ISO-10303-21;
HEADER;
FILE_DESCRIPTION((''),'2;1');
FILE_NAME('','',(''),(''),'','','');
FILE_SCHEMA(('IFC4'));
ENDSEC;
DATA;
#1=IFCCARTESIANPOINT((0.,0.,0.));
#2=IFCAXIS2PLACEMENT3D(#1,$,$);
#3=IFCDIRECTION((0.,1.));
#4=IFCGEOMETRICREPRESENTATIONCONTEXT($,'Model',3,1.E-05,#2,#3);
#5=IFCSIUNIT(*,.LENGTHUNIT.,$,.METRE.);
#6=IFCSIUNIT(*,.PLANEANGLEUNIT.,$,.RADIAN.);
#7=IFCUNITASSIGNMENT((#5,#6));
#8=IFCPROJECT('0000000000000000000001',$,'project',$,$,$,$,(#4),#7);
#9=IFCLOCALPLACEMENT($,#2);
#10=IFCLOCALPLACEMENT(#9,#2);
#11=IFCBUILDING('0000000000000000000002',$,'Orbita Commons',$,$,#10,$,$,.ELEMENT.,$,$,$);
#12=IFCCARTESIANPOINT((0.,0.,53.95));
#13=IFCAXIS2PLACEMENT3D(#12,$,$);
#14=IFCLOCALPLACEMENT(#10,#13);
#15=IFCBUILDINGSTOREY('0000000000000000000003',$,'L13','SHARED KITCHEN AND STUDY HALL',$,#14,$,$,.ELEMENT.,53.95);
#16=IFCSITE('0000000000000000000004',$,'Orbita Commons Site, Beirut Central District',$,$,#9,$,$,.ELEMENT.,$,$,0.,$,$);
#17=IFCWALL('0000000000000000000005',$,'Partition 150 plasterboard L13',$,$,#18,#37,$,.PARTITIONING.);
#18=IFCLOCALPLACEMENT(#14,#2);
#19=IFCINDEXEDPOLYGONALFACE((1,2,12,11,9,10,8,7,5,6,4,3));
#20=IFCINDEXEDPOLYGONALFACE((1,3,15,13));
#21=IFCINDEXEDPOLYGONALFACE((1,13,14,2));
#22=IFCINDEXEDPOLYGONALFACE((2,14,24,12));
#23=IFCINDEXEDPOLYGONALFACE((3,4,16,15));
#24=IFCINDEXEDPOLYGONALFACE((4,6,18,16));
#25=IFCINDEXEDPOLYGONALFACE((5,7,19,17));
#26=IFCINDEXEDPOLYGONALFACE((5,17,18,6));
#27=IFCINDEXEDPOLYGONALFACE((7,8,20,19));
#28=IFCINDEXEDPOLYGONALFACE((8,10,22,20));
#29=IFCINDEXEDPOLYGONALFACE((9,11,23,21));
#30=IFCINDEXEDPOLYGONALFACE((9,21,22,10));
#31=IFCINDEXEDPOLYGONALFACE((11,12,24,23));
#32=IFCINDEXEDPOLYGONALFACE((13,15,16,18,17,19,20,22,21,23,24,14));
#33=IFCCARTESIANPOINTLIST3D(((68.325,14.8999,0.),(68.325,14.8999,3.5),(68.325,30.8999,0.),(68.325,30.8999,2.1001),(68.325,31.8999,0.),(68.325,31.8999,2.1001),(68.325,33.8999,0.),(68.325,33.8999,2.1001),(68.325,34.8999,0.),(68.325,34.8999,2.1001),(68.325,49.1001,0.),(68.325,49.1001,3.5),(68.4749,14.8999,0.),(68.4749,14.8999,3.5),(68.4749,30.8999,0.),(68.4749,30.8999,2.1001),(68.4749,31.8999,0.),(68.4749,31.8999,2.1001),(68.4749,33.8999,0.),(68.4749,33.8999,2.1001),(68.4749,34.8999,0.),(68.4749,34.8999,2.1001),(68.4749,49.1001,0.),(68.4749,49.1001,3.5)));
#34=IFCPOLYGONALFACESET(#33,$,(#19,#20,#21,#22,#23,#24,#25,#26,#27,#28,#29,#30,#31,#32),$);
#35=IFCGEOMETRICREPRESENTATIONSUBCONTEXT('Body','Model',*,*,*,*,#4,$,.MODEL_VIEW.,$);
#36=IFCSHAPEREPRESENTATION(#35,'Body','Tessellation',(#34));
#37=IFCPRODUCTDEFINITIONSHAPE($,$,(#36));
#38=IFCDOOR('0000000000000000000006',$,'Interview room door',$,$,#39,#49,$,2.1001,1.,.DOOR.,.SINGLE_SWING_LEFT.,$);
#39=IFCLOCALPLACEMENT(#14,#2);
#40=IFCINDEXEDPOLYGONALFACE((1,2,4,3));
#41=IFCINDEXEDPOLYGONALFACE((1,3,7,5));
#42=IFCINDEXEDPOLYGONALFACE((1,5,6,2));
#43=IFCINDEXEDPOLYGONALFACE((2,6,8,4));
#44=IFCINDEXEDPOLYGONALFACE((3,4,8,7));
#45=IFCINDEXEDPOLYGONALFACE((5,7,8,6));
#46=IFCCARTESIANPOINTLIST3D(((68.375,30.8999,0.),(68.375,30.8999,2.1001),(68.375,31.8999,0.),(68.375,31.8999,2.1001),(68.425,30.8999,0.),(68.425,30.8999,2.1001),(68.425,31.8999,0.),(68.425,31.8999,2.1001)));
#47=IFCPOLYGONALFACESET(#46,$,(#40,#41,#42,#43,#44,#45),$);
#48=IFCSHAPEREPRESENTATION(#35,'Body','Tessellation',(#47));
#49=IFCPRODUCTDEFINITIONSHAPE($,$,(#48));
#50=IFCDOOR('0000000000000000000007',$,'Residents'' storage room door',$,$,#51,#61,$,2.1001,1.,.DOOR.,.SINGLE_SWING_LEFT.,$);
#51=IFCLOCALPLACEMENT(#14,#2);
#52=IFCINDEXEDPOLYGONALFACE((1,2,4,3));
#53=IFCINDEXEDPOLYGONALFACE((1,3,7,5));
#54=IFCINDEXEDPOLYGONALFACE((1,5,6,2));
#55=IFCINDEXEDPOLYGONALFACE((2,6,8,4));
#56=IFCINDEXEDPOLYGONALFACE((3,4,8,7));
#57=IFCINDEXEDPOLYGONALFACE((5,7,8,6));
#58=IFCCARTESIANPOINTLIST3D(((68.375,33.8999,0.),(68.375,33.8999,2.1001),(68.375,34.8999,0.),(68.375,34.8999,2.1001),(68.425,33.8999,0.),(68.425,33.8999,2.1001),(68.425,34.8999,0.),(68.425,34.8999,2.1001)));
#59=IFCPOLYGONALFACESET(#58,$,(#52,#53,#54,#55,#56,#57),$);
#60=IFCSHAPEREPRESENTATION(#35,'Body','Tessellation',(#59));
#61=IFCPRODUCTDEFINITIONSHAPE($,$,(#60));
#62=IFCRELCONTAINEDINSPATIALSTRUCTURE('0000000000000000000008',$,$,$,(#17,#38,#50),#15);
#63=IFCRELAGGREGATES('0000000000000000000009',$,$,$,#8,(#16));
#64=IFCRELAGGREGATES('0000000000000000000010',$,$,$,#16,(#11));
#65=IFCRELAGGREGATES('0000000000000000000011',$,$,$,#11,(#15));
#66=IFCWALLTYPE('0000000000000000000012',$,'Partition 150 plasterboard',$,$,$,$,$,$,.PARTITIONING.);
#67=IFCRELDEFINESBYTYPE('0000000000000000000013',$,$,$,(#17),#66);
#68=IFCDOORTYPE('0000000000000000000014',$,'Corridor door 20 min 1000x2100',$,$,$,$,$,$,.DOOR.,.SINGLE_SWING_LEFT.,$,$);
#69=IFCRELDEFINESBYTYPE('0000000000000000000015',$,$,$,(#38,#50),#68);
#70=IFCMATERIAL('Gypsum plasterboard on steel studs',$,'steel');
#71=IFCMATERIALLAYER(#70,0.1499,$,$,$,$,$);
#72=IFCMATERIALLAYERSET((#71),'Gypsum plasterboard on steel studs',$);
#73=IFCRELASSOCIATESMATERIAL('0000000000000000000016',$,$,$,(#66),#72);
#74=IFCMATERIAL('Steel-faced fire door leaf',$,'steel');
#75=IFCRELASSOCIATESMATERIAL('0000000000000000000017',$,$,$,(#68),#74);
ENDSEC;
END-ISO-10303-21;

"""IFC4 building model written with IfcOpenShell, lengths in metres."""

from ifc_helpers import new_model, si_unit, direction, frame, frame_2d, origin, place, context, subcontext, project, spatial, rectangle, extrude, material, layer, layer_set, type_object, element, fill, save


model = new_model("IFC4")

# Units and contexts
model_context = context("Model", 3, precision=1e-05, world=origin(), true_north=direction((0.0, 1.0)))
body_context = subcontext(model_context, "Body", "Model", "MODEL_VIEW")
ifc_project = project(units=[si_unit("LENGTHUNIT", "METRE"), si_unit("PLANEANGLEUNIT", "RADIAN")], contexts=[model_context])

# Site, building, storey
site_placement = place(None, origin())
site = spatial("IfcSite", under=ifc_project, at=site_placement, Name="Orbita Commons Site, Beirut Central District", CompositionType="ELEMENT", RefElevation=0.0)
building_placement = place(site_placement, origin())
building = spatial("IfcBuilding", under=site, at=building_placement, Name="Orbita Commons", CompositionType="ELEMENT")
storey_placement = place(building_placement, frame((0.0, 0.0, 53.95)))
storey = spatial("IfcBuildingStorey", under=building, at=storey_placement, Name="L13", Description="SHARED KITCHEN AND STUDY HALL", CompositionType="ELEMENT", Elevation=53.95)

# Wall, openings, doors
ifc_material_1 = material(Name="Gypsum plasterboard on steel studs", Category="steel")
ifc_layer_1 = layer(ifc_material_1, 0.1499)
ifc_layer_set_1 = layer_set([ifc_layer_1], Name="Gypsum plasterboard on steel studs")
wall_type_1 = type_object("IfcWallType", Name="Partition 150 plasterboard", PredefinedType="PARTITIONING", material=ifc_layer_set_1)
wall_1_placement = place(storey_placement, frame((68.3999, 14.8999, 0.0), z_axis=(0.0, 0.0, 1.0), x_axis=(0.0, 1.0, 0.0)))
wall_1 = element("IfcWall", 1, at=wall_1_placement, inside=storey, type_object=wall_type_1, Name="Partition 150 plasterboard L13", PredefinedType="PARTITIONING", context=body_context, shape_type="SweptSolid", body=[
    extrude(rectangle(XDim=34.2002, YDim=0.1499, at=frame_2d((17.1001, 0.0))), origin(), (0.0, 0.0, 1.0), 3.5),
])
opening_1_placement = place(wall_1_placement, frame((16.0, 0.0, 0.0)))
opening_1 = element("IfcOpeningElement", 2, at=opening_1_placement, cuts=wall_1, PredefinedType="OPENING", context=body_context, shape_type="SweptSolid", body=[
    extrude(rectangle(XDim=1.0, YDim=2.1001, at=frame_2d((0.5, 1.05))), frame((0.0, 0.085, 0.0), z_axis=(0.0, -1.0, 0.0), x_axis=(1.0, 0.0, 0.0)), (0.0, 0.0, 1.0), 0.1699),
])
opening_2_placement = place(wall_1_placement, frame((19.0, 0.0, 0.0)))
opening_2 = element("IfcOpeningElement", 3, at=opening_2_placement, cuts=wall_1, PredefinedType="OPENING", context=body_context, shape_type="SweptSolid", body=[
    extrude(rectangle(XDim=1.0, YDim=2.1001, at=frame_2d((0.5, 1.05))), frame((0.0, 0.085, 0.0), z_axis=(0.0, -1.0, 0.0), x_axis=(1.0, 0.0, 0.0)), (0.0, 0.0, 1.0), 0.1699),
])
ifc_material_2 = material(Name="Steel-faced fire door leaf", Category="steel")
door_type_1 = type_object("IfcDoorType", Name="Corridor door 20 min 1000x2100", OperationType="SINGLE_SWING_LEFT", PredefinedType="DOOR", material=ifc_material_2)
door_1_placement = place(opening_1_placement, origin())
door_1 = element("IfcDoor", 4, at=door_1_placement, inside=storey, type_object=door_type_1, Name="Interview room door", OperationType="SINGLE_SWING_LEFT", OverallHeight=2.1001, OverallWidth=1.0, PredefinedType="DOOR", context=body_context, shape_type="SweptSolid", body=[
    extrude(rectangle(XDim=1.0, YDim=2.1001, at=frame_2d((0.5, 1.05))), frame((0.0, 0.0249, 0.0), z_axis=(0.0, -1.0, 0.0), x_axis=(1.0, 0.0, 0.0)), (0.0, 0.0, 1.0), 0.05),
])
fill(opening_1, door_1)
door_2_placement = place(opening_2_placement, origin())
door_2 = element("IfcDoor", 5, at=door_2_placement, inside=storey, type_object=door_type_1, Name="Residents' storage room door", OperationType="SINGLE_SWING_LEFT", OverallHeight=2.1001, OverallWidth=1.0, PredefinedType="DOOR", context=body_context, shape_type="SweptSolid", body=[
    extrude(rectangle(XDim=1.0, YDim=2.1001, at=frame_2d((0.5, 1.05))), frame((0.0, 0.0249, 0.0), z_axis=(0.0, -1.0, 0.0), x_axis=(1.0, 0.0, 0.0)), (0.0, 0.0, 1.0), 0.05),
])
fill(opening_2, door_2)

save(model, "model.ifc")
